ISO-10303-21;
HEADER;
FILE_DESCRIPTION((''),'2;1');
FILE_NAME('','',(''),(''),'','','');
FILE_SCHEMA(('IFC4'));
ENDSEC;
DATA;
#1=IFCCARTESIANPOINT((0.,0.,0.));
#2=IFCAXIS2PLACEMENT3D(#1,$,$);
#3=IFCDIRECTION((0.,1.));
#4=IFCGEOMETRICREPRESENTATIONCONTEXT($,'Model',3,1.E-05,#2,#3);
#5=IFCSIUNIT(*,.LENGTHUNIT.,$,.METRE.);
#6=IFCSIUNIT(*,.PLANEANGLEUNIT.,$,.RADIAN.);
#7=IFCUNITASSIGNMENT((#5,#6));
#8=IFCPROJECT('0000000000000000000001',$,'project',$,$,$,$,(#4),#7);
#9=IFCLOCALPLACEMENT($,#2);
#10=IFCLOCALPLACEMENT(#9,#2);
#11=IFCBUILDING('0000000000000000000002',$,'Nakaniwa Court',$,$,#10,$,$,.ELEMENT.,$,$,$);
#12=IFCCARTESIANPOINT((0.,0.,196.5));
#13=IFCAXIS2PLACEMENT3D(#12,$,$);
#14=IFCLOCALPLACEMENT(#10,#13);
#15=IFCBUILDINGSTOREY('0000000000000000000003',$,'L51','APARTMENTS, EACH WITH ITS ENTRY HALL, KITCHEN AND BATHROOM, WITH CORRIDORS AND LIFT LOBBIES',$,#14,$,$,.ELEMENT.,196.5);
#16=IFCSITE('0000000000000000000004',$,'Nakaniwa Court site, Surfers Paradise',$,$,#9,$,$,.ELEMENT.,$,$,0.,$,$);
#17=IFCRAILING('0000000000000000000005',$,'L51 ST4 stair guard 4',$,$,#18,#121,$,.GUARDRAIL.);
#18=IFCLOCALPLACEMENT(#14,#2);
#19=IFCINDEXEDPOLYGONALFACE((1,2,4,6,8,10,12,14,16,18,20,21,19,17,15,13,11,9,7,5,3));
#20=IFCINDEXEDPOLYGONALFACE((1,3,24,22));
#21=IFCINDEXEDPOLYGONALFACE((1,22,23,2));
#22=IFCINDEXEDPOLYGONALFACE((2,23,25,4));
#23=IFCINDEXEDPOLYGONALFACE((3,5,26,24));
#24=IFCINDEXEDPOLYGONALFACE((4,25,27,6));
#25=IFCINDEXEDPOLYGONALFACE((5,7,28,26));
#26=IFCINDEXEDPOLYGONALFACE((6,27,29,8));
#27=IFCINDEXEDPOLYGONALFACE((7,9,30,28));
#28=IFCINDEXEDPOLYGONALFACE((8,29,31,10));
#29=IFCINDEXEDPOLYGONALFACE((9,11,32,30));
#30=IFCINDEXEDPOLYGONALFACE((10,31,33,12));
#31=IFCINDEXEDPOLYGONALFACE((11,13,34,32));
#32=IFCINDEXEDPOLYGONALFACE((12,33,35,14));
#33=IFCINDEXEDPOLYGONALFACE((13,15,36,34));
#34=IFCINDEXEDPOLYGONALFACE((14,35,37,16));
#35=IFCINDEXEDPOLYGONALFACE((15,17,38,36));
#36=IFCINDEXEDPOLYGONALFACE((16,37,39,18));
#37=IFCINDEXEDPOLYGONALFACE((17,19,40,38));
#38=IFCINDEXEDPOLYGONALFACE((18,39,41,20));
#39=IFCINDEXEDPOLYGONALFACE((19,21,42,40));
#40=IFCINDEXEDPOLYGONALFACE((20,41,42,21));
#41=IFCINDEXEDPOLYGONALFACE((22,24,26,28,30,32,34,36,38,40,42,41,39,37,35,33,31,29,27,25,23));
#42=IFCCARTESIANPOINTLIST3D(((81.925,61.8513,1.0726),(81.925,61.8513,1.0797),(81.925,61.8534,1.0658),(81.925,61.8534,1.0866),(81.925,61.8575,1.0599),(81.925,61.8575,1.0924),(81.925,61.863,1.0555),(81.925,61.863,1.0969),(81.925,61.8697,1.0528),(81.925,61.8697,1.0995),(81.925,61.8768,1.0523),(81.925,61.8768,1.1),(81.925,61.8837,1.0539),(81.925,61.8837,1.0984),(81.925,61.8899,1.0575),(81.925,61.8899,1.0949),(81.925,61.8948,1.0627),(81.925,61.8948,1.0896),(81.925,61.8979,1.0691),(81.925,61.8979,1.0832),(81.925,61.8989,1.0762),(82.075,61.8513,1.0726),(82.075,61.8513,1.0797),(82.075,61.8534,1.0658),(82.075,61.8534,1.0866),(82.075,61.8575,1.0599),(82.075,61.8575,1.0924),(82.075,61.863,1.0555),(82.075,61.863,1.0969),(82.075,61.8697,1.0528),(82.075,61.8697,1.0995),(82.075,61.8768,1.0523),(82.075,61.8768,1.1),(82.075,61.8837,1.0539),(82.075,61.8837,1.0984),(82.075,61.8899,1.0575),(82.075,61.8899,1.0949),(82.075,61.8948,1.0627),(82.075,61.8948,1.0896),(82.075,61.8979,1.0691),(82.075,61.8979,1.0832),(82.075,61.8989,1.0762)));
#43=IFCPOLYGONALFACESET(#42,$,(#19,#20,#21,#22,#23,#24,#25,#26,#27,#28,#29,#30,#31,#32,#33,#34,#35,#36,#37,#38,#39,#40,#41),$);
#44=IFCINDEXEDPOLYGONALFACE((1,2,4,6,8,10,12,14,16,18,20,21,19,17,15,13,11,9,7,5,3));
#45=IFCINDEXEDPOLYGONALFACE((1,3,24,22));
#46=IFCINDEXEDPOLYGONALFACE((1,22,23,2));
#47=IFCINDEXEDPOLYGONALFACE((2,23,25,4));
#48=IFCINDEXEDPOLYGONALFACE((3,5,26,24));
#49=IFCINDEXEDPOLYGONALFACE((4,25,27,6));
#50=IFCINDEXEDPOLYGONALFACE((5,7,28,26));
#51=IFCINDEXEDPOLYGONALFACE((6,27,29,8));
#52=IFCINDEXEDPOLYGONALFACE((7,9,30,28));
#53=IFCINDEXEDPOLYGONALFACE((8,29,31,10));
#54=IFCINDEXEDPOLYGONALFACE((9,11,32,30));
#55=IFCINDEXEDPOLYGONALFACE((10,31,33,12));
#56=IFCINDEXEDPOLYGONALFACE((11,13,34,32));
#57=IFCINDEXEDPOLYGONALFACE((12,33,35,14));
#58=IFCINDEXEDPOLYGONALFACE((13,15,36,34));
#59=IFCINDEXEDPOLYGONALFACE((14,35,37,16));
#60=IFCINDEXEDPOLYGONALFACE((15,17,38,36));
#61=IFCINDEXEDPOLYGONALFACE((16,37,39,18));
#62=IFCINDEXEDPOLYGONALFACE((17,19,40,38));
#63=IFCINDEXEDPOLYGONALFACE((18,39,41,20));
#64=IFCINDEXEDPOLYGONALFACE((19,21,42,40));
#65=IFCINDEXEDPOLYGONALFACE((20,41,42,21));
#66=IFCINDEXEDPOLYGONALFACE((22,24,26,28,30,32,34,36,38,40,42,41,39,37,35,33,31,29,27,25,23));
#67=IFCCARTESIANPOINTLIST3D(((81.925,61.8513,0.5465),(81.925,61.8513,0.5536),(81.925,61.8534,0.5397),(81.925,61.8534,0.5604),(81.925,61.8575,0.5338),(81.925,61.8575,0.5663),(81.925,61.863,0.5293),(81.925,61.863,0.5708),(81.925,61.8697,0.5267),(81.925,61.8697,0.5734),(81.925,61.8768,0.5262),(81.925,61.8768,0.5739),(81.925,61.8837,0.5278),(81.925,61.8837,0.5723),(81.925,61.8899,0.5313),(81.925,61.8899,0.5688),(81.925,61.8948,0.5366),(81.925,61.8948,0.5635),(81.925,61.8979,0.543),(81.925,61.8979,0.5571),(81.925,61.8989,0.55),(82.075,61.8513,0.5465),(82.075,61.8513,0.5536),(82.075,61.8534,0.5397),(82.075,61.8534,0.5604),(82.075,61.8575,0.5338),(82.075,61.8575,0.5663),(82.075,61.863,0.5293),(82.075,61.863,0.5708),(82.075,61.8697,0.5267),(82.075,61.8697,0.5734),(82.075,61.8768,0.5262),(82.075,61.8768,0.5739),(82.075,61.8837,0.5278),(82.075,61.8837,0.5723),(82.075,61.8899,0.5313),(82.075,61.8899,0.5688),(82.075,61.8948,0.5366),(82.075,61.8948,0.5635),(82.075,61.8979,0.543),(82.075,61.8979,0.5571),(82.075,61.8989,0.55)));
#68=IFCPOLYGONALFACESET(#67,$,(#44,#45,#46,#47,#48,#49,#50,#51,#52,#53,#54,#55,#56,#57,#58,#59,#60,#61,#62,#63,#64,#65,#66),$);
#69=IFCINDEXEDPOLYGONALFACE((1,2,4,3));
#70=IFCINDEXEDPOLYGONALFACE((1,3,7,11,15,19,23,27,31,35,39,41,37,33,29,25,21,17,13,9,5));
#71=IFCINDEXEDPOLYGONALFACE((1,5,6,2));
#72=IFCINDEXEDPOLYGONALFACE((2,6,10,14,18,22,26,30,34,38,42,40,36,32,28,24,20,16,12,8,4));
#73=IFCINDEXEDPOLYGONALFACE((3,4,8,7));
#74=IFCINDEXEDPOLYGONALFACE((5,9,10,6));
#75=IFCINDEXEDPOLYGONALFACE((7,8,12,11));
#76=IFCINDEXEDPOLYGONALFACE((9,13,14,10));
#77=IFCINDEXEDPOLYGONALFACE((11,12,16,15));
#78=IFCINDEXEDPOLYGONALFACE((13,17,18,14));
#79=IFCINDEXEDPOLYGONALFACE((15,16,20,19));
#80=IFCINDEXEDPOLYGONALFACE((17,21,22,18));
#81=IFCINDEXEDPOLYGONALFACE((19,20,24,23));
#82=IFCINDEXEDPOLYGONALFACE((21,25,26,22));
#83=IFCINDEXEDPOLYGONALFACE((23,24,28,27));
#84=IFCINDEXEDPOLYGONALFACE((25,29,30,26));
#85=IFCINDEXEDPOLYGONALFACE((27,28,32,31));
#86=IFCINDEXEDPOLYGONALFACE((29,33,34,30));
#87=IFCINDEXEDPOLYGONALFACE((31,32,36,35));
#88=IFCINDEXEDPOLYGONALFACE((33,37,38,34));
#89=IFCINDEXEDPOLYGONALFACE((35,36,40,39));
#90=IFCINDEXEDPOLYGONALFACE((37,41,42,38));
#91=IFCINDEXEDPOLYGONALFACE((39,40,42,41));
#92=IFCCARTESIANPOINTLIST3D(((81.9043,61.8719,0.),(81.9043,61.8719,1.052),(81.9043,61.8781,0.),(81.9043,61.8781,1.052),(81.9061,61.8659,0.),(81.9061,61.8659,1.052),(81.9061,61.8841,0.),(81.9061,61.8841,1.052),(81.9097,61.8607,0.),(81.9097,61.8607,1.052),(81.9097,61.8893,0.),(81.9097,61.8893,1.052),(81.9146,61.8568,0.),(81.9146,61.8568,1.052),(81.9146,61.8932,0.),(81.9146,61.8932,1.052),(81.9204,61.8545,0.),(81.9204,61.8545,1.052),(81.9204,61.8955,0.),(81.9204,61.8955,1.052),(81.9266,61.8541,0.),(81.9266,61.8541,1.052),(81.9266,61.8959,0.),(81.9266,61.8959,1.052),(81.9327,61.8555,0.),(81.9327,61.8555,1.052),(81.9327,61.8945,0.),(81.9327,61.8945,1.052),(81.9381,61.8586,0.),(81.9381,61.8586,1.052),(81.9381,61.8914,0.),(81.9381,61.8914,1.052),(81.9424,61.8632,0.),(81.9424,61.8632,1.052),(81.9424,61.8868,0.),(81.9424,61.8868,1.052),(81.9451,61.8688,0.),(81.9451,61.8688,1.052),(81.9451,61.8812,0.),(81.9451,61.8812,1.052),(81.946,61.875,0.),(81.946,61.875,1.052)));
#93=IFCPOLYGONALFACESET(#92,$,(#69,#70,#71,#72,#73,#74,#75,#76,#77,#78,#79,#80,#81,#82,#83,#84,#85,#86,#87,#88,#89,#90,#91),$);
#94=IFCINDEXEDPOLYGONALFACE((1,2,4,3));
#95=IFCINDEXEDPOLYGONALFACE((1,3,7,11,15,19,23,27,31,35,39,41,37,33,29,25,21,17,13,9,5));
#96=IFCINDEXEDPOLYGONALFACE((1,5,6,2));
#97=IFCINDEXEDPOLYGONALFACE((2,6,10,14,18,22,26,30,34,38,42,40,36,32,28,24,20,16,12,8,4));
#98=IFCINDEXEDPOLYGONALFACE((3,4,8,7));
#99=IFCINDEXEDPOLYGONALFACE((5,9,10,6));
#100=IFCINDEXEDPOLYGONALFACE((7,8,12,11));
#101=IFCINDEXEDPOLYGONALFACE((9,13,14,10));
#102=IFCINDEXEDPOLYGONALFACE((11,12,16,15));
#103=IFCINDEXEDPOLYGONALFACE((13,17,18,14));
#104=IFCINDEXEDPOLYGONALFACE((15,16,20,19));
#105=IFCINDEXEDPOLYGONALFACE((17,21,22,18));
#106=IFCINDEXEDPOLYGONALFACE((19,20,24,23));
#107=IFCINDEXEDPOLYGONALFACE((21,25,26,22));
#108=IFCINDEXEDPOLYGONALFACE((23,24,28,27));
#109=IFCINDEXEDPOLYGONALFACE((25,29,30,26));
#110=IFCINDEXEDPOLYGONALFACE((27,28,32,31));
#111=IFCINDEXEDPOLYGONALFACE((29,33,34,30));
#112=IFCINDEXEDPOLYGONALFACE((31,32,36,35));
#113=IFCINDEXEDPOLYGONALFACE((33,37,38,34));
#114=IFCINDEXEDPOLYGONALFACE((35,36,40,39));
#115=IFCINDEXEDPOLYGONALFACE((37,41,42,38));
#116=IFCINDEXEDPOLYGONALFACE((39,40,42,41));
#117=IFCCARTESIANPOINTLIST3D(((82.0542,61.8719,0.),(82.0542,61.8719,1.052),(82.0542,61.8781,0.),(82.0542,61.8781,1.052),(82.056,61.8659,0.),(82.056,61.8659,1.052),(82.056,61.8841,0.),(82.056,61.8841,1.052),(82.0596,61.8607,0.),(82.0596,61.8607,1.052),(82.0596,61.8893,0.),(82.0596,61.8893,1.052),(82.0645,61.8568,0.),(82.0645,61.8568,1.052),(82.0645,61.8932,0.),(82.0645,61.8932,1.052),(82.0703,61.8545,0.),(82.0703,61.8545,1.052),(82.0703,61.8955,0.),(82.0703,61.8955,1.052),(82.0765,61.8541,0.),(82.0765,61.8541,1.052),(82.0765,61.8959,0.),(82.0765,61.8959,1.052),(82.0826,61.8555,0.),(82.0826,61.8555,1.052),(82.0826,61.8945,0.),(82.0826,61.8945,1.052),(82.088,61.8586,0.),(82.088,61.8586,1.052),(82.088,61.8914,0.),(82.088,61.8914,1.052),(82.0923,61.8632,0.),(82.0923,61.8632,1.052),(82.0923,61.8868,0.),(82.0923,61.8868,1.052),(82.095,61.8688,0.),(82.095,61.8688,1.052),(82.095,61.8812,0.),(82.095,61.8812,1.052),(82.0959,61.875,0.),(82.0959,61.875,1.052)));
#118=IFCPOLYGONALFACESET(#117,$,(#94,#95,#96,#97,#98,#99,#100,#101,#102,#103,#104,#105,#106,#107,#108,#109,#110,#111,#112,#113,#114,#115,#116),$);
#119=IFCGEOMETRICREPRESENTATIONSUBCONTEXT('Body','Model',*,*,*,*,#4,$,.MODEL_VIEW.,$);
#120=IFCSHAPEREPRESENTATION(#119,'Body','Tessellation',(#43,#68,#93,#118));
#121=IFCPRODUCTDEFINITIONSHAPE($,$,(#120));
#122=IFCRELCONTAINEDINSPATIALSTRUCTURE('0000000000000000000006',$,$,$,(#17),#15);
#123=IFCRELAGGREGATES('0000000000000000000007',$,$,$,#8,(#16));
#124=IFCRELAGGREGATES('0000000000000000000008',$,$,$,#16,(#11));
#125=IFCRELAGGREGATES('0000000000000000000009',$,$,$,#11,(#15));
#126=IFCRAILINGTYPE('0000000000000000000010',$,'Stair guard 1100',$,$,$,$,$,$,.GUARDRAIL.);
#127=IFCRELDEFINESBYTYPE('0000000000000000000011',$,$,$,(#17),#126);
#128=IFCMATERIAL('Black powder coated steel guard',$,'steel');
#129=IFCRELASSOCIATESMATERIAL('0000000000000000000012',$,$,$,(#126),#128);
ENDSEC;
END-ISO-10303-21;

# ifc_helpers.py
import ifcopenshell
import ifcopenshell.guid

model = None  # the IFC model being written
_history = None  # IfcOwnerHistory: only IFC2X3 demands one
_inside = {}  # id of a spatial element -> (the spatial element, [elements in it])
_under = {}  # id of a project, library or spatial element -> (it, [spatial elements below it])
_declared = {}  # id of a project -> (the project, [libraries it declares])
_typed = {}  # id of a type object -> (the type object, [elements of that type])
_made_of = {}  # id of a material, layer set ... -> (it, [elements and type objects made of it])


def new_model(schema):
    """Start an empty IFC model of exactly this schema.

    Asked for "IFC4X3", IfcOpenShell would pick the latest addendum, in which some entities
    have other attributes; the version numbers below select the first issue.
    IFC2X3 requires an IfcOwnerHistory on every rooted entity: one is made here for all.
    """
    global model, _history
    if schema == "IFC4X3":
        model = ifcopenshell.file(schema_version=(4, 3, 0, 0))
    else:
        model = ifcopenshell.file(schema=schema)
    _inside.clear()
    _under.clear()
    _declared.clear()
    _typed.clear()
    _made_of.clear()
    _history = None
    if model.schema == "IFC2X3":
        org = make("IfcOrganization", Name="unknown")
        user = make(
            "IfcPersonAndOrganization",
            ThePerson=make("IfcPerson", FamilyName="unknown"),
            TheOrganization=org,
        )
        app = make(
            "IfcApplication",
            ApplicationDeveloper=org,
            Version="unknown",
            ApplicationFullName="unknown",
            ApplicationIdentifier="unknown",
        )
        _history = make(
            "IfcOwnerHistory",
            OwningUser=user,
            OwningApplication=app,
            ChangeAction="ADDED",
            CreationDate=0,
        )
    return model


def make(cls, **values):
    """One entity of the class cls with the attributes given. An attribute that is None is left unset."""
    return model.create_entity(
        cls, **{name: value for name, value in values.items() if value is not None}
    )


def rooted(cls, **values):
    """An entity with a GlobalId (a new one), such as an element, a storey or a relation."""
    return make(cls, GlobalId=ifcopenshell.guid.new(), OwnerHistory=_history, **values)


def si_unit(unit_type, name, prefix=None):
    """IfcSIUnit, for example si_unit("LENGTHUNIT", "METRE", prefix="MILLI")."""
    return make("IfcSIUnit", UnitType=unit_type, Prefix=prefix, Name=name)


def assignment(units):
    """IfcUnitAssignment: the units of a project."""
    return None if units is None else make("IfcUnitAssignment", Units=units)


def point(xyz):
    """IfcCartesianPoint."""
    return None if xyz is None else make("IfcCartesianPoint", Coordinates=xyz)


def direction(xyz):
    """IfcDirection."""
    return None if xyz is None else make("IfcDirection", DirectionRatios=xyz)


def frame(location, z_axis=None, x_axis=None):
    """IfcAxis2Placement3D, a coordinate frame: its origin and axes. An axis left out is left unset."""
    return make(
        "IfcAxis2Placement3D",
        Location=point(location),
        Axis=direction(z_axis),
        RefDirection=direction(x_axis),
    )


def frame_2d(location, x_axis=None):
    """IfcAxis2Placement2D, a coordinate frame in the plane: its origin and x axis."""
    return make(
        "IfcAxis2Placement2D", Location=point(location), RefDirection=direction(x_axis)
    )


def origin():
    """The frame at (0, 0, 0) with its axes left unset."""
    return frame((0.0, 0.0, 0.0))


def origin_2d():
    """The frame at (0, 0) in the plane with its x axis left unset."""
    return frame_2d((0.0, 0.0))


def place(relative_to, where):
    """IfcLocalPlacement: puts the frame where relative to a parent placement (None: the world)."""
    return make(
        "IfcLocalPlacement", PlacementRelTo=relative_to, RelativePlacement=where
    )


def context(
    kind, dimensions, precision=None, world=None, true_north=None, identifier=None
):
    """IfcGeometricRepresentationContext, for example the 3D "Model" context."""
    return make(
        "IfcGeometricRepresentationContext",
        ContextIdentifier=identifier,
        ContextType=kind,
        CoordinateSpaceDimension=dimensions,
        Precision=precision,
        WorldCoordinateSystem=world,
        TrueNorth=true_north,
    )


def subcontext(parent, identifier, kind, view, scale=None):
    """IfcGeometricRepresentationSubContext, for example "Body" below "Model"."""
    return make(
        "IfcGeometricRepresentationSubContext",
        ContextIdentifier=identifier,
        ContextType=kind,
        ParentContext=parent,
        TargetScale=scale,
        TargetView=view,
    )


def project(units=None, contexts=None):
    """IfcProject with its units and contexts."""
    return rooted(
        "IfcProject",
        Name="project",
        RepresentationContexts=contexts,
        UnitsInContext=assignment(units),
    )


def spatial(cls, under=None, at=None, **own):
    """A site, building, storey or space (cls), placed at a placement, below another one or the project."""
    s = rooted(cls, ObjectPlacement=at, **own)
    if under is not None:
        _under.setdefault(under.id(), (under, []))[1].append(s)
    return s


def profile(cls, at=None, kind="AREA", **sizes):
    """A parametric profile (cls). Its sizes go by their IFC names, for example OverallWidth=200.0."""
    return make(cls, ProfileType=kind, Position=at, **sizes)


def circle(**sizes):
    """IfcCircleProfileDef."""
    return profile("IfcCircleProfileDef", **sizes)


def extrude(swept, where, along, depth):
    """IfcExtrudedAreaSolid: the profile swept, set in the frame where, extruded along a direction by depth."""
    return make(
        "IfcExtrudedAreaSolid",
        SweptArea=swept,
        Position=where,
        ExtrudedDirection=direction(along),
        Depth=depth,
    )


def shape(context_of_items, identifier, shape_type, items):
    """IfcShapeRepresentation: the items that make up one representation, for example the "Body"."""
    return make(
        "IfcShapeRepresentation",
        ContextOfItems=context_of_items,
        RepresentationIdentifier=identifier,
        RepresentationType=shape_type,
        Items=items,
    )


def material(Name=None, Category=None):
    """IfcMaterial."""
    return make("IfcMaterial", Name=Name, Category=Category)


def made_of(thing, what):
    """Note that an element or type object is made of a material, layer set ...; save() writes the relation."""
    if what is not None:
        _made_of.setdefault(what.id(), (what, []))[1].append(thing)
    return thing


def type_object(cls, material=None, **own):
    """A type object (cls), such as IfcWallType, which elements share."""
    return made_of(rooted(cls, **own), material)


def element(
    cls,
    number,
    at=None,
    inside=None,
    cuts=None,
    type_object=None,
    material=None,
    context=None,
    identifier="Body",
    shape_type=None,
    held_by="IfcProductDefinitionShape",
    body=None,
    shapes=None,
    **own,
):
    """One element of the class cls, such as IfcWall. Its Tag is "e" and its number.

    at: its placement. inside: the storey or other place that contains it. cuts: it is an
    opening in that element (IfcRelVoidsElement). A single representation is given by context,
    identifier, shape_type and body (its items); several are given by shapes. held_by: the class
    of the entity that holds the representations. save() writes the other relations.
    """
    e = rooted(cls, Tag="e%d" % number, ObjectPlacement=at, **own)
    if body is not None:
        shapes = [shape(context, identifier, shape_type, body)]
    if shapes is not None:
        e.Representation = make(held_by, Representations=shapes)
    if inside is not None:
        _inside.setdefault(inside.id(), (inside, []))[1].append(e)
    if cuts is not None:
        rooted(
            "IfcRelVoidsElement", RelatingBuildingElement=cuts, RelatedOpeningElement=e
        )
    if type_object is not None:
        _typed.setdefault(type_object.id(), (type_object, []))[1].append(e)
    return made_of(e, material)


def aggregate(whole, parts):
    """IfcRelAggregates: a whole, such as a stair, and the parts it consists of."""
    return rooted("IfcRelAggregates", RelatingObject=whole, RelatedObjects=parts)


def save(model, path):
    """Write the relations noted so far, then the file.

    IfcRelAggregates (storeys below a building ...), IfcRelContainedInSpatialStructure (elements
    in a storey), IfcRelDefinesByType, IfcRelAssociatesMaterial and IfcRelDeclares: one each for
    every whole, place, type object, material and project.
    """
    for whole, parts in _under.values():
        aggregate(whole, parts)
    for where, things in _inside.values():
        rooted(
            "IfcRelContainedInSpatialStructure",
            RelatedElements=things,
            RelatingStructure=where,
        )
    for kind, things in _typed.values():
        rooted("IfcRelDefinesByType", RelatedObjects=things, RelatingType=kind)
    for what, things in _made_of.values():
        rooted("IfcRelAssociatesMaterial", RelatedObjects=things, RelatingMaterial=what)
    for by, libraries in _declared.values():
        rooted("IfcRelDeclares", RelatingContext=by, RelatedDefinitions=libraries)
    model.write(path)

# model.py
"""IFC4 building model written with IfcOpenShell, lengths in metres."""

from ifc_helpers import new_model, si_unit, direction, frame, origin, origin_2d, place, context, subcontext, project, spatial, circle, extrude, material, type_object, element, save


model = new_model("IFC4")

# Units and contexts
model_context = context("Model", 3, precision=1e-05, world=origin(), true_north=direction((0.0, 1.0)))
body_context = subcontext(model_context, "Body", "Model", "MODEL_VIEW")
ifc_project = project(units=[si_unit("LENGTHUNIT", "METRE"), si_unit("PLANEANGLEUNIT", "RADIAN")], contexts=[model_context])

# Site, building, storey
site_placement = place(None, origin())
site = spatial("IfcSite", under=ifc_project, at=site_placement, Name="Nakaniwa Court site, Surfers Paradise", CompositionType="ELEMENT", RefElevation=0.0)
building_placement = place(site_placement, origin())
building = spatial("IfcBuilding", under=site, at=building_placement, Name="Nakaniwa Court", CompositionType="ELEMENT")
storey_placement = place(building_placement, frame((0.0, 0.0, 196.5)))
storey = spatial("IfcBuildingStorey", under=building, at=storey_placement, Name="L51", Description="APARTMENTS, EACH WITH ITS ENTRY HALL, KITCHEN AND BATHROOM, WITH CORRIDORS AND LIFT LOBBIES", CompositionType="ELEMENT", Elevation=196.5)

# Railing
ifc_material_1 = material(Name="Black powder coated steel guard", Category="steel")
railing_type_1 = type_object("IfcRailingType", Name="Stair guard 1100", PredefinedType="GUARDRAIL", material=ifc_material_1)
railing_1_placement = place(storey_placement, frame((81.925, 61.875, 0.0)))
element("IfcRailing", 1, at=railing_1_placement, inside=storey, type_object=railing_type_1, Name="L51 ST4 stair guard 4", PredefinedType="GUARDRAIL", context=body_context, shape_type="SweptSolid", body=[
    extrude(circle(Radius=0.0239, at=origin_2d()), frame((0.0, 0.0, 1.0762), z_axis=(1.0, 0.0, 0.0), x_axis=(0.0, 1.0, 0.0)), (0.0, 0.0, 1.0), 0.1499),
    extrude(circle(Radius=0.0239, at=origin_2d()), frame((0.0, 0.0, 0.55), z_axis=(1.0, 0.0, 0.0), x_axis=(0.0, 1.0, 0.0)), (0.0, 0.0, 1.0), 0.1499),
    extrude(circle(Radius=0.021, at=origin_2d()), origin(), (0.0, 0.0, 1.0), 1.052),
    extrude(circle(Radius=0.021, at=origin_2d()), frame((0.1499, 0.0, 0.0)), (0.0, 0.0, 1.0), 1.052),
])

save(model, "model.ifc")
